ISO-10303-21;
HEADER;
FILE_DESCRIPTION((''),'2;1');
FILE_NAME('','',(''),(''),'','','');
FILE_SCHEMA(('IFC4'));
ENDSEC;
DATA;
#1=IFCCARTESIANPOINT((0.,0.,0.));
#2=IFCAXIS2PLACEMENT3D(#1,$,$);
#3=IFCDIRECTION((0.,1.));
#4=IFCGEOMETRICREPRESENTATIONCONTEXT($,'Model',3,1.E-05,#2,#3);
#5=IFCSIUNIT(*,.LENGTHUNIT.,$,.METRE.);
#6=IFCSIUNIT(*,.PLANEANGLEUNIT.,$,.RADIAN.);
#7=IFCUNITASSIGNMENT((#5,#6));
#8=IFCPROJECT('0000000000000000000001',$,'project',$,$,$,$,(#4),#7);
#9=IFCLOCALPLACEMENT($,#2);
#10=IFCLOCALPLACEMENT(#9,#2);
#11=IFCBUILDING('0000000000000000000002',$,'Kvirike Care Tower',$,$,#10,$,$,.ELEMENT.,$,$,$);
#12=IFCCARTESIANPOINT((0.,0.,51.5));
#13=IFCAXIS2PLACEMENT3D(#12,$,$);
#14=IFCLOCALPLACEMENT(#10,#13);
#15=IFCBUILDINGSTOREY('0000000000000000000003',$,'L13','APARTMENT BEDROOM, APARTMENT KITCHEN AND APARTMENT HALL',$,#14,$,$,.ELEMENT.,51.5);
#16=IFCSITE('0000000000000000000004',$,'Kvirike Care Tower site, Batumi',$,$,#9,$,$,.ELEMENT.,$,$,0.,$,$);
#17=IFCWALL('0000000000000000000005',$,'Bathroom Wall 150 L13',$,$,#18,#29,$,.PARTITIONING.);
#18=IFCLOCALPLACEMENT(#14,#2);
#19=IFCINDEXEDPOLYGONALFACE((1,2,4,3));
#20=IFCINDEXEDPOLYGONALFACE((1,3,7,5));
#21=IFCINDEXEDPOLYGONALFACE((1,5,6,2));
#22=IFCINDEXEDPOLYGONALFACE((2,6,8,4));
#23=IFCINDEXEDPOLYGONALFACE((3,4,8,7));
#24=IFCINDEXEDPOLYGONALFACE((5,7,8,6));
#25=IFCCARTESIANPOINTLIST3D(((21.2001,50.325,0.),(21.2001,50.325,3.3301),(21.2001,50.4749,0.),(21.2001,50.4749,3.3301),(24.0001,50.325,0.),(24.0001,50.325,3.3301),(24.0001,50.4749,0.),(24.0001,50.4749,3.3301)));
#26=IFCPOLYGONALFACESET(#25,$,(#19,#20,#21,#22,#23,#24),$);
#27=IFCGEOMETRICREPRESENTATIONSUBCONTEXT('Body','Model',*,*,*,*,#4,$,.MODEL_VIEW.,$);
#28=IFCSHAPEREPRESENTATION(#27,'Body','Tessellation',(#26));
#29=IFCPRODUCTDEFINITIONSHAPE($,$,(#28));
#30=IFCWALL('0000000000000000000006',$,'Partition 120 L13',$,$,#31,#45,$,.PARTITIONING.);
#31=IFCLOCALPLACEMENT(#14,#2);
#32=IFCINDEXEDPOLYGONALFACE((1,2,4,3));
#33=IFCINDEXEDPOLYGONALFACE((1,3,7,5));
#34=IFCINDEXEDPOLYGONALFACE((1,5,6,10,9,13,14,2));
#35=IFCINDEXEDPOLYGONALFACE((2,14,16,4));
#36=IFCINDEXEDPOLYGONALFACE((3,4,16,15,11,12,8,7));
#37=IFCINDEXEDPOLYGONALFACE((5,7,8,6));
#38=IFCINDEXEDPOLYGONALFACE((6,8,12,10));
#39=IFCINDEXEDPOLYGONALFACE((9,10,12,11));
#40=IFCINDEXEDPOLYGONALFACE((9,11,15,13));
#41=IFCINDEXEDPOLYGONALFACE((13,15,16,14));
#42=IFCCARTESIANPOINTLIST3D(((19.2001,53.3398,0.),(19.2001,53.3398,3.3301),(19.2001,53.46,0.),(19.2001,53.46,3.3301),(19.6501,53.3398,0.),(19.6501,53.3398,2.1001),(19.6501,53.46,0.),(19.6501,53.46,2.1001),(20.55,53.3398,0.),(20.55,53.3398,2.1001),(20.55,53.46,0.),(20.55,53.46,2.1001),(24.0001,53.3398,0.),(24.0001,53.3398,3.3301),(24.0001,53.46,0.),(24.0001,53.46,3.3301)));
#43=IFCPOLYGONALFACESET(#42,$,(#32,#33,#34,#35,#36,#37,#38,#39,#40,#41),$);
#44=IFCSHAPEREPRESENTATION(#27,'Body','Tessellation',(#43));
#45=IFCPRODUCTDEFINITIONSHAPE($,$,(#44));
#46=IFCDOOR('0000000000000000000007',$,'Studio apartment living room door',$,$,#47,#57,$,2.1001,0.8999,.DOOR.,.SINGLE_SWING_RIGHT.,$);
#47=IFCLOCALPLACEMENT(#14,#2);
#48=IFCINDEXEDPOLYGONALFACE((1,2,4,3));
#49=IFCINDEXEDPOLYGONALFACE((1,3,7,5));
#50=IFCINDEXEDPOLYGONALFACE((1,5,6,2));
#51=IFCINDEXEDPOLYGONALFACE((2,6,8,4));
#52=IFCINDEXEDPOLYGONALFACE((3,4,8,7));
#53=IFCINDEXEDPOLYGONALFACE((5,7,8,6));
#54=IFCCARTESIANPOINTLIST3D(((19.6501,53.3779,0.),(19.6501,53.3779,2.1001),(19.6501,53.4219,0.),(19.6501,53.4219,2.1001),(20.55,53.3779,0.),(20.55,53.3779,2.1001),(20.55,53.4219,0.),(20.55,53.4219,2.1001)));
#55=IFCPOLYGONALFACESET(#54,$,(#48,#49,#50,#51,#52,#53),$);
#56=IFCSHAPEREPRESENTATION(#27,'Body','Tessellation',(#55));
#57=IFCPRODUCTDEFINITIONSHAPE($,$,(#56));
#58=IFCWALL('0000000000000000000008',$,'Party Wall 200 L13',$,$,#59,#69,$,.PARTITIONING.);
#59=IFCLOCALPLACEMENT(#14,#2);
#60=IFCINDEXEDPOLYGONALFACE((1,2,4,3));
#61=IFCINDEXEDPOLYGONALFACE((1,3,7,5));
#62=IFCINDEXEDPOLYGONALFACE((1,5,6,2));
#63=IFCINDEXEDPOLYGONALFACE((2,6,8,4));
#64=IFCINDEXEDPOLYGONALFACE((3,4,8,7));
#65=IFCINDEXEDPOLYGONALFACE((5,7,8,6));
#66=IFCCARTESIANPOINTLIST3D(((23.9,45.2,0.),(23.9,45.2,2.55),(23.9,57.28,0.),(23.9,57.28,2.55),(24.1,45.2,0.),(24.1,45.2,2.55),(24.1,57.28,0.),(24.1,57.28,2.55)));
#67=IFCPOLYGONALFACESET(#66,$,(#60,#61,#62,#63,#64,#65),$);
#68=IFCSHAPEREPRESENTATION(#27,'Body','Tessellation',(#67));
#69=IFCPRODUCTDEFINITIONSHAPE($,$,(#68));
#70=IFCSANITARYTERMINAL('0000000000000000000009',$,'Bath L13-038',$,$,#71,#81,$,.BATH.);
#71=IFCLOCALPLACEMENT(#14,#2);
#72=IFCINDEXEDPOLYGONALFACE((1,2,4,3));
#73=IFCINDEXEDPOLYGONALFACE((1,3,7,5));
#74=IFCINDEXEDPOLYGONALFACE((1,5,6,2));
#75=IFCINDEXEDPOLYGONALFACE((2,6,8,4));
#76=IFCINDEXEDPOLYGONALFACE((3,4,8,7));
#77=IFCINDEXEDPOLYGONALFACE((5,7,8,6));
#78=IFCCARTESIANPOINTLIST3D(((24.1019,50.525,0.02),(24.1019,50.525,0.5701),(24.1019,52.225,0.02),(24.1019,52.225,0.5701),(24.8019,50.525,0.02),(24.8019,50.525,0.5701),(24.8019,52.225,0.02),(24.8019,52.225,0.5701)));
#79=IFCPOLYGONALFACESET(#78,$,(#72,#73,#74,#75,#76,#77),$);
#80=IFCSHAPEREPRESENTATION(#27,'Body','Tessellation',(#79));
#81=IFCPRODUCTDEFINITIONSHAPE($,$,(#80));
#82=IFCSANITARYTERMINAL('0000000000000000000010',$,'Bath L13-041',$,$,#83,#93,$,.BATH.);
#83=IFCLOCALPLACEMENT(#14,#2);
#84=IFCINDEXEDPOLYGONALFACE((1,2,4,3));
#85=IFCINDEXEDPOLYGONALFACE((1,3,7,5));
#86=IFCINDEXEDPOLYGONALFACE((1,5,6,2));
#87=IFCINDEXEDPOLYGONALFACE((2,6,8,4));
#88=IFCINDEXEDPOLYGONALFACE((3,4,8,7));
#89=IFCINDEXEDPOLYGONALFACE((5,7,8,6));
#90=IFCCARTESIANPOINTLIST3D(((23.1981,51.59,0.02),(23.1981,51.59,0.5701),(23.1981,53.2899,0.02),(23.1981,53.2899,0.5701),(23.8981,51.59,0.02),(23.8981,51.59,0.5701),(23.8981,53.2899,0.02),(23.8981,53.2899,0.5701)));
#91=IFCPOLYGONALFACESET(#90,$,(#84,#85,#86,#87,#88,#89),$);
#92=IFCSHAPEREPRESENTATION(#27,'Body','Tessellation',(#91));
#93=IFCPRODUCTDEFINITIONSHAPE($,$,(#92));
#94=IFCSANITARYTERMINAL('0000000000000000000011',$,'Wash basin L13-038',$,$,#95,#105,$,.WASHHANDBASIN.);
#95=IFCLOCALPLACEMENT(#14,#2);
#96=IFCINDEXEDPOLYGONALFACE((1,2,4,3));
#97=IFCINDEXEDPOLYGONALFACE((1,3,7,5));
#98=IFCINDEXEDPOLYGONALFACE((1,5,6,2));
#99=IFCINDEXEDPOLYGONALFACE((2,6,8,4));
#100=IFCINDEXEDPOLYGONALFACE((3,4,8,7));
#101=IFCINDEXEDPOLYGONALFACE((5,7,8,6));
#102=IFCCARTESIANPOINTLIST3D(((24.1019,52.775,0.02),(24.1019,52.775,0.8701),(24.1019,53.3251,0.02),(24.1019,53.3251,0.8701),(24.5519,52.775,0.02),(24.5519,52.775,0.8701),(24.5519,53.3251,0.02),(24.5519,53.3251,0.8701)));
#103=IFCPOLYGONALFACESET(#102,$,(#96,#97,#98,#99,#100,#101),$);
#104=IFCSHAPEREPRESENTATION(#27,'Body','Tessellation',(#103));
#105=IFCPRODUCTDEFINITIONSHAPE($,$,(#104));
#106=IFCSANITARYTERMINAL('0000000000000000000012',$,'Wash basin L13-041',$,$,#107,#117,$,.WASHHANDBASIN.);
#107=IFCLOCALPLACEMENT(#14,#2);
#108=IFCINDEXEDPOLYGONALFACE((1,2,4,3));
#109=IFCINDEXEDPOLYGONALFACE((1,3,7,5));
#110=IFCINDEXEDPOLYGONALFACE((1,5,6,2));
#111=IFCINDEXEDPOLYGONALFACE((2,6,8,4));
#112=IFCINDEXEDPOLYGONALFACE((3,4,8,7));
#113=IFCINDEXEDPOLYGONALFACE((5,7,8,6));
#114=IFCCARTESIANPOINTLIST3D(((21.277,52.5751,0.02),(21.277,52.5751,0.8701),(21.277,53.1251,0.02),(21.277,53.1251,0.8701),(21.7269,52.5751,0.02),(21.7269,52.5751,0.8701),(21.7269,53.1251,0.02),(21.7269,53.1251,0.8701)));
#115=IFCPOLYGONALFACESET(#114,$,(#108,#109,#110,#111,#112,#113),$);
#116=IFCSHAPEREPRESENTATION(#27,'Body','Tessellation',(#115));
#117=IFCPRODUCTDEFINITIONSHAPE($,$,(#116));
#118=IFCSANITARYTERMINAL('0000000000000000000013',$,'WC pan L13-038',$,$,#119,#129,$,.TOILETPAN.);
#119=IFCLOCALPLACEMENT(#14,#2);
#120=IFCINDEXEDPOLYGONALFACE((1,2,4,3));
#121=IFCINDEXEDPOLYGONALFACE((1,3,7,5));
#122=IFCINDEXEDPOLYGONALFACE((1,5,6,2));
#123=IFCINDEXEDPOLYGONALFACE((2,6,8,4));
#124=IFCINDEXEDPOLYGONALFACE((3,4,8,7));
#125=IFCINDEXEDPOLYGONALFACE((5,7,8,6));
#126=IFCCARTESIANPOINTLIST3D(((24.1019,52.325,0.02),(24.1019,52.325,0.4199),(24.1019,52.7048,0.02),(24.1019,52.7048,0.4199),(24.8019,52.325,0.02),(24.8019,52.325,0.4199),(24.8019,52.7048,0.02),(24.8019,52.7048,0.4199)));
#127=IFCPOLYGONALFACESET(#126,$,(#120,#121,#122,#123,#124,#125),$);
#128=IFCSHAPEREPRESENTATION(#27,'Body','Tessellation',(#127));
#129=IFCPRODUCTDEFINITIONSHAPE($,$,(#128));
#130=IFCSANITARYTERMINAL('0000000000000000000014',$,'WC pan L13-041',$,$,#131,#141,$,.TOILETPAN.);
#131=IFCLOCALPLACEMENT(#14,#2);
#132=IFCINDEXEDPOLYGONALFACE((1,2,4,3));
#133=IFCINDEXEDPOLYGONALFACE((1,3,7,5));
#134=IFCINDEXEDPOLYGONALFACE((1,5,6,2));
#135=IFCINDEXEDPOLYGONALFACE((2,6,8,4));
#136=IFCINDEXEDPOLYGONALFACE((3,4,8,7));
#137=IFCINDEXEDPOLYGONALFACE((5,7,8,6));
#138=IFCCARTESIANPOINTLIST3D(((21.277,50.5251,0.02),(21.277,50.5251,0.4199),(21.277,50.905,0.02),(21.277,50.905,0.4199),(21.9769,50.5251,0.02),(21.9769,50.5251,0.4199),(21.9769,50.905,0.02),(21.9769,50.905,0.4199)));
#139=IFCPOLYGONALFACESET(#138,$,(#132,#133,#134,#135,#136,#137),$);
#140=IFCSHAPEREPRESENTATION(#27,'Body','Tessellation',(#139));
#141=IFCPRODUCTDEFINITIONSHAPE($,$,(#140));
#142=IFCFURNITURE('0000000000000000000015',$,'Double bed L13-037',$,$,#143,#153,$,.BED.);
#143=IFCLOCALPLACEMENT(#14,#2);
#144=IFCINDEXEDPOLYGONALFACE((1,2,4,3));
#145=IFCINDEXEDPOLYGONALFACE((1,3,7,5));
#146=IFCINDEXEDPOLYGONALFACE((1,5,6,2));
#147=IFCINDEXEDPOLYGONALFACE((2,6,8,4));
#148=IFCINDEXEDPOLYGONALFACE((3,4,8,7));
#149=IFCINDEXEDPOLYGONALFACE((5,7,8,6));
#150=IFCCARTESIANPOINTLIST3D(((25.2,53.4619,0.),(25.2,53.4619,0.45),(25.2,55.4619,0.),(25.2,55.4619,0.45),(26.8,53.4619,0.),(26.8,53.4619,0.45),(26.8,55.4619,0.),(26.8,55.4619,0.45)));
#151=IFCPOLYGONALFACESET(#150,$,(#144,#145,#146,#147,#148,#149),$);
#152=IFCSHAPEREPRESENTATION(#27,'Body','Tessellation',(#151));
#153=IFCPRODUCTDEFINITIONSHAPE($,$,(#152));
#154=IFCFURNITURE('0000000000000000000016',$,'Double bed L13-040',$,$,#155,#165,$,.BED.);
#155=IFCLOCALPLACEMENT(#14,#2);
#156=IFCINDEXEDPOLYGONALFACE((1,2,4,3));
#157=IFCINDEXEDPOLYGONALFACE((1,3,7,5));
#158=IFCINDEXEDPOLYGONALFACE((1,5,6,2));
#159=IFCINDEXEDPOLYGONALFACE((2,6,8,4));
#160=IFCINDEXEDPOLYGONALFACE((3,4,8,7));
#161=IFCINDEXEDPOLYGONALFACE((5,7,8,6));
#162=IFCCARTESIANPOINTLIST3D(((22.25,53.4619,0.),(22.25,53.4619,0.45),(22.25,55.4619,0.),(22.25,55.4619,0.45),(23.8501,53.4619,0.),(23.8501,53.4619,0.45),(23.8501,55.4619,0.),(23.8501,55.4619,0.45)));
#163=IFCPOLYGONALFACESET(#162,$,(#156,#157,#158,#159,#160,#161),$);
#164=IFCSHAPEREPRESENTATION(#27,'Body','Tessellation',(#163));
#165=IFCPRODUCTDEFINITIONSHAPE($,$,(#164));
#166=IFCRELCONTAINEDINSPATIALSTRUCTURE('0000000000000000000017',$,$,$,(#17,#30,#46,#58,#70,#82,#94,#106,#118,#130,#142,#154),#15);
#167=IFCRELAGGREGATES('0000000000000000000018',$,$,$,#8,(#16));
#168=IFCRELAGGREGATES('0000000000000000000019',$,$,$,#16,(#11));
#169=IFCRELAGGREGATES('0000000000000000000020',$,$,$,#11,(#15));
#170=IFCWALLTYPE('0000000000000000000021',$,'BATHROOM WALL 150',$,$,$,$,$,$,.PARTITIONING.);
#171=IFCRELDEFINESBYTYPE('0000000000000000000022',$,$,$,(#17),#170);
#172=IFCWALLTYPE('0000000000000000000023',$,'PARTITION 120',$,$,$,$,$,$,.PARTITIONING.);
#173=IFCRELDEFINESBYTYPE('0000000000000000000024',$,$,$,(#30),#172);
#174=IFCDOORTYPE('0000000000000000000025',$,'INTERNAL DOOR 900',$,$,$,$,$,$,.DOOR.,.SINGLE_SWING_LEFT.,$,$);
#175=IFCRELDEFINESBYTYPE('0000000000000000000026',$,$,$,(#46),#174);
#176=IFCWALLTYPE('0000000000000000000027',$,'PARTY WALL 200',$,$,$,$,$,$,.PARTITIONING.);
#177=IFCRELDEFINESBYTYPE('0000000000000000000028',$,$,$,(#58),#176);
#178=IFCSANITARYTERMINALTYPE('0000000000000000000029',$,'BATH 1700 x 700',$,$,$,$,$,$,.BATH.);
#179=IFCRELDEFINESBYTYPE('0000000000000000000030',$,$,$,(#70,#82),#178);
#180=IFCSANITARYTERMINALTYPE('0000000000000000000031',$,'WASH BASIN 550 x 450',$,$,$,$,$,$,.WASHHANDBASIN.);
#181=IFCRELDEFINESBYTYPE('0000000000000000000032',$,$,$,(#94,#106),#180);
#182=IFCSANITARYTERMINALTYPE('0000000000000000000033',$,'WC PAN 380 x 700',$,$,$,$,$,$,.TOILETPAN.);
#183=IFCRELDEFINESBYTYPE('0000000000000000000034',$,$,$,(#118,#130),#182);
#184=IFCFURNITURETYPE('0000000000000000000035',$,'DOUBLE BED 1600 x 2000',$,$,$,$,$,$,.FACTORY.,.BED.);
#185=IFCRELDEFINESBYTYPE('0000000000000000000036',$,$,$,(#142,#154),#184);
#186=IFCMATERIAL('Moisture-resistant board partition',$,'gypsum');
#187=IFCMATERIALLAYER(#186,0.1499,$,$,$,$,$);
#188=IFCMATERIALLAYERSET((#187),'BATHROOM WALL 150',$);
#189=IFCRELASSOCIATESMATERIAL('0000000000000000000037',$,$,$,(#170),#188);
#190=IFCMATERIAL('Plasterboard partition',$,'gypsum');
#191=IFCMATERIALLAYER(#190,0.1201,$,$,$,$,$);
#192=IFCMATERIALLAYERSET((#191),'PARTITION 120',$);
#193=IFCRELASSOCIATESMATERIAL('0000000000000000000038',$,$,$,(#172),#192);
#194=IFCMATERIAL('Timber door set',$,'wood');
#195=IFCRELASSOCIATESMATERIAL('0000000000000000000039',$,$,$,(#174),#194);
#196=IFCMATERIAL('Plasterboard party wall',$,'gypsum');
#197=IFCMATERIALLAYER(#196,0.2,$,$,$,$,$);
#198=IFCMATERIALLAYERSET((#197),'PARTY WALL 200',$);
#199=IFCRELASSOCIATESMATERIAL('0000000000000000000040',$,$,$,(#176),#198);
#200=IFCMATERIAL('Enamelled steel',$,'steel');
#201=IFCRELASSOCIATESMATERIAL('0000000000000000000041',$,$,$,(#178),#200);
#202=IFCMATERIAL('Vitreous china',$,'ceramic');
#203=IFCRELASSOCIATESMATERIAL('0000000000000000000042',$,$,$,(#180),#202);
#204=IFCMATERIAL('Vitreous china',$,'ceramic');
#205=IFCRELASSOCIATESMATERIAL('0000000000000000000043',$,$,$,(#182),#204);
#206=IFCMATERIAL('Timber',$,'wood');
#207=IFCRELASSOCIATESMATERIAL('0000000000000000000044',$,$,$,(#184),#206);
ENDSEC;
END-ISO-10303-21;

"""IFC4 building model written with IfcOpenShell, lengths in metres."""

from ifc_helpers import new_model, si_unit, direction, frame, frame_2d, origin, origin_2d, place, context, subcontext, project, spatial, rectangle, extrude, material, layer, layer_set, type_object, element, fill, save


model = new_model("IFC4")

# Units and contexts
model_context = context("Model", 3, precision=1e-05, world=origin(), true_north=direction((0.0, 1.0)))
body_context = subcontext(model_context, "Body", "Model", "MODEL_VIEW")
ifc_project = project(units=[si_unit("LENGTHUNIT", "METRE"), si_unit("PLANEANGLEUNIT", "RADIAN")], contexts=[model_context])

# Site, building, storey
site_placement = place(None, origin())
site = spatial("IfcSite", under=ifc_project, at=site_placement, Name="Kvirike Care Tower site, Batumi", CompositionType="ELEMENT", RefElevation=0.0)
building_placement = place(site_placement, origin())
building = spatial("IfcBuilding", under=site, at=building_placement, Name="Kvirike Care Tower", CompositionType="ELEMENT")
storey_placement = place(building_placement, frame((0.0, 0.0, 51.5)))
storey = spatial("IfcBuildingStorey", under=building, at=storey_placement, Name="L13", Description="APARTMENT BEDROOM, APARTMENT KITCHEN AND APARTMENT HALL", CompositionType="ELEMENT", Elevation=51.5)

# Shared definitions
ifc_material_1 = material(Name="Moisture-resistant board partition", Category="gypsum")
ifc_layer_1 = layer(ifc_material_1, 0.1499)
ifc_layer_set_1 = layer_set([ifc_layer_1], Name="BATHROOM WALL 150")
wall_type_1 = type_object("IfcWallType", Name="BATHROOM WALL 150", PredefinedType="PARTITIONING", material=ifc_layer_set_1)

# Wall
wall_1_placement = place(storey_placement, frame((24.0, 50.3999, 0.0), z_axis=(0.0, 0.0, 1.0), x_axis=(-1.0, 0.0, 0.0)))
element("IfcWall", 1, at=wall_1_placement, inside=storey, type_object=wall_type_1, Name="Bathroom Wall 150 L13", PredefinedType="PARTITIONING", context=body_context, shape_type="SweptSolid", body=[
    extrude(rectangle(XDim=2.8, YDim=0.1499, at=frame_2d((1.3999, 0.0))), origin(), (0.0, 0.0, 1.0), 3.3301),
])

# Wall, opening, door
ifc_material_2 = material(Name="Plasterboard partition", Category="gypsum")
ifc_layer_2 = layer(ifc_material_2, 0.1201)
ifc_layer_set_2 = layer_set([ifc_layer_2], Name="PARTITION 120")
wall_type_2 = type_object("IfcWallType", Name="PARTITION 120", PredefinedType="PARTITIONING", material=ifc_layer_set_2)
wall_2_placement = place(storey_placement, frame((24.0, 53.3999, 0.0), z_axis=(0.0, 0.0, 1.0), x_axis=(-1.0, 0.0, 0.0)))
wall_2 = element("IfcWall", 2, at=wall_2_placement, inside=storey, type_object=wall_type_2, Name="Partition 120 L13", PredefinedType="PARTITIONING", context=body_context, shape_type="SweptSolid", body=[
    extrude(rectangle(XDim=4.8, YDim=0.1201, at=frame_2d((2.3999, 0.0))), origin(), (0.0, 0.0, 1.0), 3.3301),
])
opening_1_placement = place(wall_2_placement, frame((3.45, 0.0, 0.0)))
opening_1 = element("IfcOpeningElement", 3, at=opening_1_placement, cuts=wall_2, PredefinedType="OPENING", context=body_context, shape_type="SweptSolid", body=[
    extrude(rectangle(XDim=0.8999, YDim=2.1001, at=frame_2d((0.45, 1.05))), frame((0.0, 0.0706, 0.0), z_axis=(0.0, -1.0, 0.0), x_axis=(1.0, 0.0, 0.0)), (0.0, 0.0, 1.0), 0.1411),
])
ifc_material_3 = material(Name="Timber door set", Category="wood")
door_type_1 = type_object("IfcDoorType", Name="INTERNAL DOOR 900", OperationType="SINGLE_SWING_LEFT", PredefinedType="DOOR", material=ifc_material_3)
door_1_placement = place(opening_1_placement, frame((0.8999, 0.0, 0.0), z_axis=(0.0, 0.0, 1.0), x_axis=(-1.0, 0.0, 0.0)))
door_1 = element("IfcDoor", 4, at=door_1_placement, inside=storey, type_object=door_type_1, Name="Studio apartment living room door", OperationType="SINGLE_SWING_RIGHT", OverallHeight=2.1001, OverallWidth=0.8999, PredefinedType="DOOR", context=body_context, shape_type="SweptSolid", body=[
    extrude(rectangle(XDim=0.8999, YDim=2.1001, at=frame_2d((0.45, 1.05))), frame((0.0, 0.022, 0.0), z_axis=(0.0, -1.0, 0.0), x_axis=(1.0, 0.0, 0.0)), (0.0, 0.0, 1.0), 0.0439),
])
fill(opening_1, door_1)

# Wall
ifc_material_4 = material(Name="Plasterboard party wall", Category="gypsum")
ifc_layer_3 = layer(ifc_material_4, 0.2)
ifc_layer_set_3 = layer_set([ifc_layer_3], Name="PARTY WALL 200")
wall_type_3 = type_object("IfcWallType", Name="PARTY WALL 200", PredefinedType="PARTITIONING", material=ifc_layer_set_3)
wall_3_placement = place(storey_placement, frame((24.0, 57.28, 0.0), z_axis=(0.0, 0.0, 1.0), x_axis=(0.0, -1.0, 0.0)))
element("IfcWall", 5, at=wall_3_placement, inside=storey, type_object=wall_type_3, Name="Party Wall 200 L13", PredefinedType="PARTITIONING", context=body_context, shape_type="SweptSolid", body=[
    extrude(rectangle(XDim=12.0801, YDim=0.2, at=frame_2d((6.04, 0.0))), origin(), (0.0, 0.0, 1.0), 2.55),
])

# Sanitary terminals
ifc_material_5 = material(Name="Enamelled steel", Category="steel")
sanitary_terminal_type_1 = type_object("IfcSanitaryTerminalType", Name="BATH 1700 x 700", PredefinedType="BATH", material=ifc_material_5)
for number, where, z_axis, x_axis, name in (
    (6, (24.4519, 51.375, 0.02), (0.0, 0.0, 1.0), (0.0, 1.0, 0.0), "Bath L13-038"),
    (7, (23.5481, 52.4399, 0.02), (0.0, 0.0, 1.0), (0.0, -1.0, 0.0), "Bath L13-041"),
):
    element("IfcSanitaryTerminal", number, at=place(storey_placement, frame(where, z_axis=z_axis, x_axis=x_axis)), inside=storey, type_object=sanitary_terminal_type_1, Name=name, PredefinedType="BATH", context=body_context, shape_type="SweptSolid", body=[
        extrude(rectangle(XDim=1.7, YDim=0.7, at=origin_2d()), origin(), (0.0, 0.0, 1.0), 0.55),
    ])
ifc_material_6 = material(Name="Vitreous china", Category="ceramic")
sanitary_terminal_type_2 = type_object("IfcSanitaryTerminalType", Name="WASH BASIN 550 x 450", PredefinedType="WASHHANDBASIN", material=ifc_material_6)
for number, where, z_axis, x_axis, name in (
    (8, (24.3269, 53.05, 0.02), (0.0, 0.0, 1.0), (0.0, 1.0, 0.0), "Wash basin L13-038"),
    (9, (21.502, 52.8501, 0.02), (0.0, 0.0, 1.0), (0.0, 1.0, 0.0), "Wash basin L13-041"),
):
    element("IfcSanitaryTerminal", number, at=place(storey_placement, frame(where, z_axis=z_axis, x_axis=x_axis)), inside=storey, type_object=sanitary_terminal_type_2, Name=name, PredefinedType="WASHHANDBASIN", context=body_context, shape_type="SweptSolid", body=[
        extrude(rectangle(XDim=0.55, YDim=0.45, at=origin_2d()), origin(), (0.0, 0.0, 1.0), 0.8501),
    ])
ifc_material_7 = material(Name="Vitreous china", Category="ceramic")
sanitary_terminal_type_3 = type_object("IfcSanitaryTerminalType", Name="WC PAN 380 x 700", PredefinedType="TOILETPAN", material=ifc_material_7)
for number, where, z_axis, x_axis, name in (
    (10, (24.4519, 52.5149, 0.02), (0.0, 0.0, 1.0), (0.0, 1.0, 0.0), "WC pan L13-038"),
    (11, (21.627, 50.7151, 0.02), (0.0, 0.0, 1.0), (0.0, 1.0, 0.0), "WC pan L13-041"),
):
    element("IfcSanitaryTerminal", number, at=place(storey_placement, frame(where, z_axis=z_axis, x_axis=x_axis)), inside=storey, type_object=sanitary_terminal_type_3, Name=name, PredefinedType="TOILETPAN", context=body_context, shape_type="SweptSolid", body=[
        extrude(rectangle(XDim=0.3799, YDim=0.7, at=origin_2d()), origin(), (0.0, 0.0, 1.0), 0.3999),
    ])

# Furniture
ifc_material_8 = material(Name="Timber", Category="wood")
furniture_type = type_object("IfcFurnitureType", Name="DOUBLE BED 1600 x 2000", AssemblyPlace="FACTORY", PredefinedType="BED", material=ifc_material_8)
for number, where, z_axis, x_axis, name in (
    (12, (26.0, 54.4619, 0.0), (0.0, 0.0, 1.0), (-1.0, 0.0, 0.0), "Double bed L13-037"),
    (13, (23.05, 54.4619, 0.0), (0.0, 0.0, 1.0), (-1.0, 0.0, 0.0), "Double bed L13-040"),
):
    element("IfcFurniture", number, at=place(storey_placement, frame(where, z_axis=z_axis, x_axis=x_axis)), inside=storey, type_object=furniture_type, Name=name, PredefinedType="BED", context=body_context, shape_type="SweptSolid", body=[
        extrude(rectangle(XDim=1.6001, YDim=2.0, at=origin_2d()), origin(), (0.0, 0.0, 1.0), 0.45),
    ])

save(model, "model.ifc")
